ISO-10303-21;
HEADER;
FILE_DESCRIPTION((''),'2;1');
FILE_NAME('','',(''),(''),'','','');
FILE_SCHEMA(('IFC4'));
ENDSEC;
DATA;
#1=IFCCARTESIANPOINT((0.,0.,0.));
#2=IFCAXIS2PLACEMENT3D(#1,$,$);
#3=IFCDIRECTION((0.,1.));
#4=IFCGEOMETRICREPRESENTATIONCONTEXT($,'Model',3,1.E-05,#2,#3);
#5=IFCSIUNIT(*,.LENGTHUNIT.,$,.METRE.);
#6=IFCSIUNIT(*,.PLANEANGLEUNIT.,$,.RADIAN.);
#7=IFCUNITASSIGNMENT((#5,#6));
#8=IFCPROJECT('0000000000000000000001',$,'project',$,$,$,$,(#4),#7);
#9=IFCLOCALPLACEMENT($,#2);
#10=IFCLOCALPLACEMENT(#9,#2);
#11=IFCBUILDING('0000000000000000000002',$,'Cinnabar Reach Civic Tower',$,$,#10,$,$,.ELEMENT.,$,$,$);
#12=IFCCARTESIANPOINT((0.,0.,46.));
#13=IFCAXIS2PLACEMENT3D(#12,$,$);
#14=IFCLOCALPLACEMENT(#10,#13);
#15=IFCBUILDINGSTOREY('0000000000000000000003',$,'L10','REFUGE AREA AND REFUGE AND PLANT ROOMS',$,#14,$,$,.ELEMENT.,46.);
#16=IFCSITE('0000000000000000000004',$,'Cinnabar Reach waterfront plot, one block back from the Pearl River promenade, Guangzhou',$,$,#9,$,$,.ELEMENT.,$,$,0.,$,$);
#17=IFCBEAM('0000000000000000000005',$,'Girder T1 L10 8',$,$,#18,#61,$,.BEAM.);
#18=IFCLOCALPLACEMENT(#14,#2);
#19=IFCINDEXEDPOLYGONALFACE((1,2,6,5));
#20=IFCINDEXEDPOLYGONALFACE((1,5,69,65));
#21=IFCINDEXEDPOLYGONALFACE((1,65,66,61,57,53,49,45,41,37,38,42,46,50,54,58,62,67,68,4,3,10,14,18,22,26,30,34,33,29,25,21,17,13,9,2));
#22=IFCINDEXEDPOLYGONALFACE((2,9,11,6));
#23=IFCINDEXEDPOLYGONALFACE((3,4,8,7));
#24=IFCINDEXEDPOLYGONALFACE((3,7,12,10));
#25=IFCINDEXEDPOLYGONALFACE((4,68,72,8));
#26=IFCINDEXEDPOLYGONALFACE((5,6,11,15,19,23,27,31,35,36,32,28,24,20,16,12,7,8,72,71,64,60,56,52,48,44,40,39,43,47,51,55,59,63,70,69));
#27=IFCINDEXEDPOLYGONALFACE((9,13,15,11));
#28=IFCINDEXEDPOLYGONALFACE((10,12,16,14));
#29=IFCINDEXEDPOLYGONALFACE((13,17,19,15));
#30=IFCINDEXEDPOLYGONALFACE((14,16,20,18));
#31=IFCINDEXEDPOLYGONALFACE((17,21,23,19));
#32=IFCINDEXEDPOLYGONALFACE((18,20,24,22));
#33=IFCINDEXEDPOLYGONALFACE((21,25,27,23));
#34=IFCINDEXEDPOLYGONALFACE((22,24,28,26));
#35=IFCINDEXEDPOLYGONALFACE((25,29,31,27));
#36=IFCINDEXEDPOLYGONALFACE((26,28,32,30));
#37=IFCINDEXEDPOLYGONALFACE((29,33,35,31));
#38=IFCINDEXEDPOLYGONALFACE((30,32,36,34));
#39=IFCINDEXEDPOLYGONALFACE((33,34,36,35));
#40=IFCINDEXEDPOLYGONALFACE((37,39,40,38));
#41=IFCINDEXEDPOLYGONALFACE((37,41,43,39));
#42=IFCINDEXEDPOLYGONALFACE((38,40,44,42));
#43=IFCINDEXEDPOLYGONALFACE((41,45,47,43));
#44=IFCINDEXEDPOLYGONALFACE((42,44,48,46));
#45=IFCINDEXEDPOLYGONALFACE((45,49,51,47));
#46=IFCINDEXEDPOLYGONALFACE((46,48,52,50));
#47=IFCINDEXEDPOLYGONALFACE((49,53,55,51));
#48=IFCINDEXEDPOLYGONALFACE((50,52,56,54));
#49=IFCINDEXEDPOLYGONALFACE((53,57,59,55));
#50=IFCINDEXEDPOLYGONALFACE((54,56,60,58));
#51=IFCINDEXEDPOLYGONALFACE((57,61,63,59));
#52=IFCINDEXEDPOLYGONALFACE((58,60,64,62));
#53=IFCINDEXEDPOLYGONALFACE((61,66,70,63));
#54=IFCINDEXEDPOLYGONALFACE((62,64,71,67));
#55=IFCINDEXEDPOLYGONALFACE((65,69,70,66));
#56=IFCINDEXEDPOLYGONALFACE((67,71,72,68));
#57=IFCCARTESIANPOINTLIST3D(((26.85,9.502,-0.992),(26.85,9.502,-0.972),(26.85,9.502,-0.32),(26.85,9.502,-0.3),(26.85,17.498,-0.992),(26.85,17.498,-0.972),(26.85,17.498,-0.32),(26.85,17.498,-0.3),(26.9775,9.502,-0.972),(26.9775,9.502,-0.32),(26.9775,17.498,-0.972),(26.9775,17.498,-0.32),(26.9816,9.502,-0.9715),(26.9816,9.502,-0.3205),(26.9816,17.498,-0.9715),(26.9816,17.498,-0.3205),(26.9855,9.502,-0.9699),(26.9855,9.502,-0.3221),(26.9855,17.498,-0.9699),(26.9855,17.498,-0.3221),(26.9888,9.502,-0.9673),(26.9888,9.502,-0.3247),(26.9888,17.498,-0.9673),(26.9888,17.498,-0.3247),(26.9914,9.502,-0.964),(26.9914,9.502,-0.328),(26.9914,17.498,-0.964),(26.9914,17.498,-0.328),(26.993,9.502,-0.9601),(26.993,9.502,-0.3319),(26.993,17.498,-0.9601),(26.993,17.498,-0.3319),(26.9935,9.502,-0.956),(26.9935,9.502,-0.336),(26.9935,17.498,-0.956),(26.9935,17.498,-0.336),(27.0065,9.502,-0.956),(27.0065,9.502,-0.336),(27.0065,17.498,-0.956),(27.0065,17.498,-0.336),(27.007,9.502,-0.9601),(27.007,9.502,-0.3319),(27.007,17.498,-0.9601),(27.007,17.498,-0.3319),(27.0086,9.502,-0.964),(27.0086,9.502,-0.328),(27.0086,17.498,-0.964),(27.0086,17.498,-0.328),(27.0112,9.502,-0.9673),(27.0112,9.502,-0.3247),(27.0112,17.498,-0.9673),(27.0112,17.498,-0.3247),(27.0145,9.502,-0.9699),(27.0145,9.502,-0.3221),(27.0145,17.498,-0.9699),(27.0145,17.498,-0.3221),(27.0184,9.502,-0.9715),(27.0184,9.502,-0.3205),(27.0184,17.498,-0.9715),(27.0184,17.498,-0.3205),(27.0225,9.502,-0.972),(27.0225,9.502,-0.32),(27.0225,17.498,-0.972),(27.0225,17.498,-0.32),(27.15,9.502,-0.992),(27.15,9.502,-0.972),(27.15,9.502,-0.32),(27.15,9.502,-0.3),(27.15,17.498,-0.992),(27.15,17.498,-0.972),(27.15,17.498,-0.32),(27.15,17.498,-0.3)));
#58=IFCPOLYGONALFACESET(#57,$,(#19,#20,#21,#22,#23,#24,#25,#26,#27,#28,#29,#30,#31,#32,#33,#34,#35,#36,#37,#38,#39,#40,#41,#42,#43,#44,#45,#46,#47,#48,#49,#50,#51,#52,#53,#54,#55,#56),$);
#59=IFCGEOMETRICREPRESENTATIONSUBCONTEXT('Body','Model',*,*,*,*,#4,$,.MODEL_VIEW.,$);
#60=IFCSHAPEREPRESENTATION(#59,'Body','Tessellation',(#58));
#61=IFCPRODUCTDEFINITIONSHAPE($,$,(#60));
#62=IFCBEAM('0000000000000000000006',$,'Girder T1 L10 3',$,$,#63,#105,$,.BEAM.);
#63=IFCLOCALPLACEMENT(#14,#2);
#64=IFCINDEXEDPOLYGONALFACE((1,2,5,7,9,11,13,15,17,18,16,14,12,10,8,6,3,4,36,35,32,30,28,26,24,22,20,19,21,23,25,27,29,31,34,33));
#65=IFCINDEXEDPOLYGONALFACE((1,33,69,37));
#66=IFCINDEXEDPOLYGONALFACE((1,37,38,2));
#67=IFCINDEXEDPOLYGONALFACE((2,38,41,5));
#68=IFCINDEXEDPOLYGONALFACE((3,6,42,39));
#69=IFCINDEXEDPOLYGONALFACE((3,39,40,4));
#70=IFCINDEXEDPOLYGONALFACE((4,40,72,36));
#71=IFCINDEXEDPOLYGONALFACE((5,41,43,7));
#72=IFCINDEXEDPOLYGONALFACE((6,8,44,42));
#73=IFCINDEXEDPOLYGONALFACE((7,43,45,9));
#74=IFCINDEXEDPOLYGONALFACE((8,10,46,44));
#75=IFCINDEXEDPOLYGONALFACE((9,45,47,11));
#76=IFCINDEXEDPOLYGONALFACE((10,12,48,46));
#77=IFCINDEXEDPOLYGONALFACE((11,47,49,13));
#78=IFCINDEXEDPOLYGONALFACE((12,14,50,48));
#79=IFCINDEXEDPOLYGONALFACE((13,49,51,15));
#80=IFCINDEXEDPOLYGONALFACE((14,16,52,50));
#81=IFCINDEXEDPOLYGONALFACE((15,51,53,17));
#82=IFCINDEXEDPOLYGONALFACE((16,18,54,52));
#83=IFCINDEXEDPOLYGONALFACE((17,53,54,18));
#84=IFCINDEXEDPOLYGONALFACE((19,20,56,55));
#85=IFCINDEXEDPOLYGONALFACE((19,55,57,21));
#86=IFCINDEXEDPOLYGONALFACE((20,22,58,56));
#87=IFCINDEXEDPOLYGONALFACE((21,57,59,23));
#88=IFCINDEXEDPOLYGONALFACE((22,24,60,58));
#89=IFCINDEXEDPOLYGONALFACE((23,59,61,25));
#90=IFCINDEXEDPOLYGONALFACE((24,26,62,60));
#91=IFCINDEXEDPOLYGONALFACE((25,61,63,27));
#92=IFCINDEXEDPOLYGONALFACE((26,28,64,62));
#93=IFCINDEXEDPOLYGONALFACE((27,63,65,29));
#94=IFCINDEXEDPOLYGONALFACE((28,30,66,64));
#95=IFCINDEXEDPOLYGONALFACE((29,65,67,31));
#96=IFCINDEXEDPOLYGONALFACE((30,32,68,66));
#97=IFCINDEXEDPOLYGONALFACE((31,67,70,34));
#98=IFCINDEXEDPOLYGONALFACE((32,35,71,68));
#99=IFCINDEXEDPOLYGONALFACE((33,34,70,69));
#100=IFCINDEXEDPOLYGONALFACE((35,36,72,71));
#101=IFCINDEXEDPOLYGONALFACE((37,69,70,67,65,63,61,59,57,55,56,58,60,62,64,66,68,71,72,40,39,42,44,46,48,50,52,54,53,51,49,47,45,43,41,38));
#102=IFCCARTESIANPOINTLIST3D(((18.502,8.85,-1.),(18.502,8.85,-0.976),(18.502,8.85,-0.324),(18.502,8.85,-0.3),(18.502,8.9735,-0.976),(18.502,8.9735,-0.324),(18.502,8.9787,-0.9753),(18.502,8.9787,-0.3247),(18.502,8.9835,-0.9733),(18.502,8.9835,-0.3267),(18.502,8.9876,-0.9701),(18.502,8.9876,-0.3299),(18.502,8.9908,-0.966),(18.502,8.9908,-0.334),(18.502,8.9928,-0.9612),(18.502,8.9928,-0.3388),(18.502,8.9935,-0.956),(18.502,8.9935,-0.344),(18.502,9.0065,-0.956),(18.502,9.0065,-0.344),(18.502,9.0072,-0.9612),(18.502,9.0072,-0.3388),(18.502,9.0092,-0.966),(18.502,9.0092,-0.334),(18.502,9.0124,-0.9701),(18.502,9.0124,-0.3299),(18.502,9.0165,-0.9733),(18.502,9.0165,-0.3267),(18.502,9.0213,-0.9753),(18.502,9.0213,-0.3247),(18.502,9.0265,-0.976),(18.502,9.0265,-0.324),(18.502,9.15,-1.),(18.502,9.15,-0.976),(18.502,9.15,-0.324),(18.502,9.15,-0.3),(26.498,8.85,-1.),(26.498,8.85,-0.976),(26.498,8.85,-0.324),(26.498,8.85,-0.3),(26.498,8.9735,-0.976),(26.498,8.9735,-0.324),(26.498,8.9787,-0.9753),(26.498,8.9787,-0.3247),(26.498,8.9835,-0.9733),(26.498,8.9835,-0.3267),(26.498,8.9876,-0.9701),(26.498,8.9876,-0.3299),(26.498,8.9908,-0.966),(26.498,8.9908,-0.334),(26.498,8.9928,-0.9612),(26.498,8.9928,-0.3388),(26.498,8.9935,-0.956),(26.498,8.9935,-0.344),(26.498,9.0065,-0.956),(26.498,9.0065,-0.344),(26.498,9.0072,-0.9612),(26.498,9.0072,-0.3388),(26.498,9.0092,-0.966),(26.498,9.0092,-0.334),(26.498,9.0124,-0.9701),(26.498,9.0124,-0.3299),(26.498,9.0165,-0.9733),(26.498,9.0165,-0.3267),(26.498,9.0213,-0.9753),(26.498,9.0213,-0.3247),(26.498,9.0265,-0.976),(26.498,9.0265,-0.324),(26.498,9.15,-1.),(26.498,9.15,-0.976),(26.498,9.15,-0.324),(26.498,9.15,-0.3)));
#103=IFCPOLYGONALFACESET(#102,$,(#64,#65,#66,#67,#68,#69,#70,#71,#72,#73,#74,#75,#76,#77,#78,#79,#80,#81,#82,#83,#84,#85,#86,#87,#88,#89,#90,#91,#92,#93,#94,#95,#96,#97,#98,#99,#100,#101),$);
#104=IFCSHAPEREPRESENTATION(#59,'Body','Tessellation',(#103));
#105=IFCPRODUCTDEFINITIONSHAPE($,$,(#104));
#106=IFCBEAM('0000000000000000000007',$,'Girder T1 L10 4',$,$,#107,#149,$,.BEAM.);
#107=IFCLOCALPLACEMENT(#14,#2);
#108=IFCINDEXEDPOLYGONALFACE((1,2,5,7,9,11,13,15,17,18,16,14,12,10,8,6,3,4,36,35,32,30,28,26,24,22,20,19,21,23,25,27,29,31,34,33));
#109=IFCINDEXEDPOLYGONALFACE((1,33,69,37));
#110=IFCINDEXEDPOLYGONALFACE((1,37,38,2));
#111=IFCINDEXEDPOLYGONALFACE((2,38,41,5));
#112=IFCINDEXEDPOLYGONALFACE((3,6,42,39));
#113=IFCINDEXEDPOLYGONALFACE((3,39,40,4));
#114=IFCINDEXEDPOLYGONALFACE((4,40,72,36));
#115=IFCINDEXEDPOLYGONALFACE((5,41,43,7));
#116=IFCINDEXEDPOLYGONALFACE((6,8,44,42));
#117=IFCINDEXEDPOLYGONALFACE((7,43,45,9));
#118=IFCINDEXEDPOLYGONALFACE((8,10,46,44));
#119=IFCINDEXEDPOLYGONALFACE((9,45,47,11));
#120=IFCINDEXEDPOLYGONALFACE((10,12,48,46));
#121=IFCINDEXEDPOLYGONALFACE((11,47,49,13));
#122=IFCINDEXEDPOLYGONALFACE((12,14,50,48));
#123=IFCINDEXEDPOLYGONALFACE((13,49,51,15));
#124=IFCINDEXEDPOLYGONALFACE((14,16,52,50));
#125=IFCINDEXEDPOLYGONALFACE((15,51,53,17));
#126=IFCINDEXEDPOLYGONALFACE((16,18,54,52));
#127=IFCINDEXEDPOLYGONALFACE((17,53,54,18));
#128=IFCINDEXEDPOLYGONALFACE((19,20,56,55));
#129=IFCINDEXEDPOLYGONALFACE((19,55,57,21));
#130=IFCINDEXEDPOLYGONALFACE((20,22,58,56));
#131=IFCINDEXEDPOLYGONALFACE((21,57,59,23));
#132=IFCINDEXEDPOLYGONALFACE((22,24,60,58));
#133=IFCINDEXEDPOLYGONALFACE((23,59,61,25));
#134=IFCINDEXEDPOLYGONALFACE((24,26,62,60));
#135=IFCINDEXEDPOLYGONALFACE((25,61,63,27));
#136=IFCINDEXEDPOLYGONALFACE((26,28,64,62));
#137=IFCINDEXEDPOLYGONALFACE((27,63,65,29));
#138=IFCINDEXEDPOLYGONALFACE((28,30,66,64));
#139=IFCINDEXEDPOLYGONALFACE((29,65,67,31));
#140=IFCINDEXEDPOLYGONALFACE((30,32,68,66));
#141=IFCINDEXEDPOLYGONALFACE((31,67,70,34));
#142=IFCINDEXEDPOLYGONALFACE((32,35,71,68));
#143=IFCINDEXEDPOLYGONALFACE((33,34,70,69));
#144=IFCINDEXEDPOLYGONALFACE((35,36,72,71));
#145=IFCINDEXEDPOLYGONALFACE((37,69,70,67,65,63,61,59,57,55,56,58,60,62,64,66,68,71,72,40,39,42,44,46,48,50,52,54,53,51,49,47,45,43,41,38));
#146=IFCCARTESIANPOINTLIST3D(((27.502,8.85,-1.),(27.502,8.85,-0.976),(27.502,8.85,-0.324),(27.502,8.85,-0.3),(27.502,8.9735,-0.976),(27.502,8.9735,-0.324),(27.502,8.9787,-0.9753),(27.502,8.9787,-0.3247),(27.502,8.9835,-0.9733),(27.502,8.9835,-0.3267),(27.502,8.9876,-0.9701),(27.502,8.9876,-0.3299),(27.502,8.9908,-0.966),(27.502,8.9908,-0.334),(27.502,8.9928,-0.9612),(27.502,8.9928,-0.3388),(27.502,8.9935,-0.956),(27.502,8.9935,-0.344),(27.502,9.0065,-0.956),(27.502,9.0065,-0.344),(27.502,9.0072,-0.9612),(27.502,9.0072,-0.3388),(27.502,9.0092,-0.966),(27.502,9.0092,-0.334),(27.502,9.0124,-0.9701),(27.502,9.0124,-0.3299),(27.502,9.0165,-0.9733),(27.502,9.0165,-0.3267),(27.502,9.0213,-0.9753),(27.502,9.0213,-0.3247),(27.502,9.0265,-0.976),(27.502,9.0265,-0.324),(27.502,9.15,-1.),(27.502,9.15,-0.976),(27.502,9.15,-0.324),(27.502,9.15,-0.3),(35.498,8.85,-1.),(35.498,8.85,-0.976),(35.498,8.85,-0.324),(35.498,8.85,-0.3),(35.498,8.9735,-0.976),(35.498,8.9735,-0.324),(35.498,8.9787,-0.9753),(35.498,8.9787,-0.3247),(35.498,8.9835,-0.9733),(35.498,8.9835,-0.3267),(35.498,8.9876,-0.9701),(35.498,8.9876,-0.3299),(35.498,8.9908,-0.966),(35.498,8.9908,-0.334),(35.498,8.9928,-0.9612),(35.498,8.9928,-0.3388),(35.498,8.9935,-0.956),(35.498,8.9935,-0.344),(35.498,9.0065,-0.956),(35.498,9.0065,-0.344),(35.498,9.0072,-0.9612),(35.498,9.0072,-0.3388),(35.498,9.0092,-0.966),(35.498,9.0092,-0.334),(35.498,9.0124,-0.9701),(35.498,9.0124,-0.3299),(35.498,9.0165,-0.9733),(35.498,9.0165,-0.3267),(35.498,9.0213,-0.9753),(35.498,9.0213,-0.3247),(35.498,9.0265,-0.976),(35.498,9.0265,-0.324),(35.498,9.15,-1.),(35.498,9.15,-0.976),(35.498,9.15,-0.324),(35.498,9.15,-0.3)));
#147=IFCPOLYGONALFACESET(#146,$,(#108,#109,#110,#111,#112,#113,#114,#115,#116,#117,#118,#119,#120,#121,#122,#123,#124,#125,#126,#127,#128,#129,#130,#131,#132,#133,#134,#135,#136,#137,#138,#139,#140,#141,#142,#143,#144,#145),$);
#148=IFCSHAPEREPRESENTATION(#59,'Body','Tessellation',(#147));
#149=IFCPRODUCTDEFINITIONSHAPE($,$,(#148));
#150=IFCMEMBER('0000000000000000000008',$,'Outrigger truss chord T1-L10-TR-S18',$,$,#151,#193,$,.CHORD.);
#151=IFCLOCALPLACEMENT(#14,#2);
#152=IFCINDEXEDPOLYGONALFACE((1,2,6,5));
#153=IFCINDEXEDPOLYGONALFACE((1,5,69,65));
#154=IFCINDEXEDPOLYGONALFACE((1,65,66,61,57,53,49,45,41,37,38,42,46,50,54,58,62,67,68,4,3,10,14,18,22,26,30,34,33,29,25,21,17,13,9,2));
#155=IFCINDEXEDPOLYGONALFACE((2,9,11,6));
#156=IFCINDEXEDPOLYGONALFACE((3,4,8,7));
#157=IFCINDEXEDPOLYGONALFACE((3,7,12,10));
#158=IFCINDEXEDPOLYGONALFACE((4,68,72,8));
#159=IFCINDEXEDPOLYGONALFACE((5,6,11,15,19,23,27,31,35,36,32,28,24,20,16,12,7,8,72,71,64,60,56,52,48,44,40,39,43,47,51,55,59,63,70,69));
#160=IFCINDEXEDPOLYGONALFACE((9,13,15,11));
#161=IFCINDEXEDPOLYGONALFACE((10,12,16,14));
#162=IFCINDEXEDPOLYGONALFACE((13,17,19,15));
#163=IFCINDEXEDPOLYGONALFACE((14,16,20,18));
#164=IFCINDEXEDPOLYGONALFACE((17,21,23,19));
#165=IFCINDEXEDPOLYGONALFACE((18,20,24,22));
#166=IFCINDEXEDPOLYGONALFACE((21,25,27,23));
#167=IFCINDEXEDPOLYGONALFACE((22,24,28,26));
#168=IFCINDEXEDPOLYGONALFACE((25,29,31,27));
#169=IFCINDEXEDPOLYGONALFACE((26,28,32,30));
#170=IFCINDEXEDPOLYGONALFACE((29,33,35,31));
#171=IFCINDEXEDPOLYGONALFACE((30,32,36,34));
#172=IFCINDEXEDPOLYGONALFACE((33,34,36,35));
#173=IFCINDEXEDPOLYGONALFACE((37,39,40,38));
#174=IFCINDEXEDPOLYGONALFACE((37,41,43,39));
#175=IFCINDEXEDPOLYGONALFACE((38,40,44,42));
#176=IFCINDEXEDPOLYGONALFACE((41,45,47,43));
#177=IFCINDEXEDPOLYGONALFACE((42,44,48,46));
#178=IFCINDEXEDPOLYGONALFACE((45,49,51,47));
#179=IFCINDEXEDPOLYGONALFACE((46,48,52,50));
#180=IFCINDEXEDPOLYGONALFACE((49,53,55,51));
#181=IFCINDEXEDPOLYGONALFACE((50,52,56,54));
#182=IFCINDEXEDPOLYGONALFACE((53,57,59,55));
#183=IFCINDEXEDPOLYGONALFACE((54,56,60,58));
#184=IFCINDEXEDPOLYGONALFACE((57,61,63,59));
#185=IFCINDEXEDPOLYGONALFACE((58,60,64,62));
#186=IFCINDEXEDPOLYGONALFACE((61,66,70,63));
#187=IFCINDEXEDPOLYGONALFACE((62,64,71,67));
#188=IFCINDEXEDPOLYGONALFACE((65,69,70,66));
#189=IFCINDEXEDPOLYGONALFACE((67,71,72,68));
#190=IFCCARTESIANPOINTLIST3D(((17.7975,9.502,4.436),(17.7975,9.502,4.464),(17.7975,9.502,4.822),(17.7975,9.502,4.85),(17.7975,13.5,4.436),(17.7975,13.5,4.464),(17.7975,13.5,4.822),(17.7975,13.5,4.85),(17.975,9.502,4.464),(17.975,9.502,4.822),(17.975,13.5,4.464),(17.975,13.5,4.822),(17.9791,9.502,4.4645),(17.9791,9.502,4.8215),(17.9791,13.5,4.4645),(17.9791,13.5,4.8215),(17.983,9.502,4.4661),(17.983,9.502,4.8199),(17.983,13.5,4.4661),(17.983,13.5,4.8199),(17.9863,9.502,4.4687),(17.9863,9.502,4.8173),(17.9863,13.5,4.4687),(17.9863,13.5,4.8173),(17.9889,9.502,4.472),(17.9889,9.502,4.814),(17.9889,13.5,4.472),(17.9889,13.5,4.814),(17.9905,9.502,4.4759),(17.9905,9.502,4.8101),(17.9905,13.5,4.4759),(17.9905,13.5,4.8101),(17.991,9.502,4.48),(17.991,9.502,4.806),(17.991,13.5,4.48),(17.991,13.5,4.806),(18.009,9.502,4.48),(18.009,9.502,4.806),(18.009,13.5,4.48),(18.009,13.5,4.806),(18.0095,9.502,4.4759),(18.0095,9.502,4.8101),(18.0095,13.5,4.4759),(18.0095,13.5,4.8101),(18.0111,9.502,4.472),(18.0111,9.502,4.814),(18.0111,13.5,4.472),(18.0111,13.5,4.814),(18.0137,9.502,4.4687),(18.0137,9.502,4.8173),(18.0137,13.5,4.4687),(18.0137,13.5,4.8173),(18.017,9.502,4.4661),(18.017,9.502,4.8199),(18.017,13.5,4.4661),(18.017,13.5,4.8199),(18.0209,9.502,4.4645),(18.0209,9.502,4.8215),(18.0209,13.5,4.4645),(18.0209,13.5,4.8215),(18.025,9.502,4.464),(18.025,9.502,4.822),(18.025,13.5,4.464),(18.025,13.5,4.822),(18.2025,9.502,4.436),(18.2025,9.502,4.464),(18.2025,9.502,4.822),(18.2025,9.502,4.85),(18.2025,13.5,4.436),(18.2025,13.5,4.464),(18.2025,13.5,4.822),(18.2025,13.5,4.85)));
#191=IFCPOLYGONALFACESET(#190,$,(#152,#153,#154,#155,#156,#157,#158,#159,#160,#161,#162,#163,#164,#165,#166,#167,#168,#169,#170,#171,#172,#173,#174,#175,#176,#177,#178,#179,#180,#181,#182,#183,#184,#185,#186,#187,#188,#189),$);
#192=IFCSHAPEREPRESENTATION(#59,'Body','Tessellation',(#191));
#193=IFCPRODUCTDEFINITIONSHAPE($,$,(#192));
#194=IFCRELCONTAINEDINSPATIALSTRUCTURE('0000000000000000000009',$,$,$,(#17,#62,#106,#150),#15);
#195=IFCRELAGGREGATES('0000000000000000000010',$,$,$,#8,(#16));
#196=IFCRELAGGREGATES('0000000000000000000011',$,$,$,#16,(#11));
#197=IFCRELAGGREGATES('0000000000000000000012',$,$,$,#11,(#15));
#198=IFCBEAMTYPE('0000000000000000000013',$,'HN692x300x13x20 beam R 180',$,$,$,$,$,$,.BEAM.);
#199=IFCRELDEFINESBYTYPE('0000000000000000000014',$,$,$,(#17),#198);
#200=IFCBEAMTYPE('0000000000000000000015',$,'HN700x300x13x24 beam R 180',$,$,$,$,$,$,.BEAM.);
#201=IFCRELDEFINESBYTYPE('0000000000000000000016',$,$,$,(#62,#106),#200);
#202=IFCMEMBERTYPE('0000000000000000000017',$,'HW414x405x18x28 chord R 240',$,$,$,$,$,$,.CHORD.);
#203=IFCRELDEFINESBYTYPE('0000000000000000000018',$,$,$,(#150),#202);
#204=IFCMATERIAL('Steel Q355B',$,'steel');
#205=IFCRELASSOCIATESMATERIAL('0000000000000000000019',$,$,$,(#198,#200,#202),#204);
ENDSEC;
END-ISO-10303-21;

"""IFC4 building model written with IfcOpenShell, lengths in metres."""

from ifc_helpers import new_model, si_unit, direction, frame, origin, origin_2d, place, context, subcontext, project, spatial, i_section, extrude, material, material_profile, profile_set, type_object, element, save


model = new_model("IFC4")

# Units and contexts
model_context = context("Model", 3, precision=1e-05, world=origin(), true_north=direction((0.0, 1.0)))
body_context = subcontext(model_context, "Body", "Model", "MODEL_VIEW")
ifc_project = project(units=[si_unit("LENGTHUNIT", "METRE"), si_unit("PLANEANGLEUNIT", "RADIAN")], contexts=[model_context])

# Site, building, storey
site_placement = place(None, origin())
site = spatial("IfcSite", under=ifc_project, at=site_placement, Name="Cinnabar Reach waterfront plot, one block back from the Pearl River promenade, Guangzhou", CompositionType="ELEMENT", RefElevation=0.0)
building_placement = place(site_placement, origin())
building = spatial("IfcBuilding", under=site, at=building_placement, Name="Cinnabar Reach Civic Tower", CompositionType="ELEMENT")
storey_placement = place(building_placement, frame((0.0, 0.0, 46.0)))
storey = spatial("IfcBuildingStorey", under=building, at=storey_placement, Name="L10", Description="REFUGE AREA AND REFUGE AND PLANT ROOMS", CompositionType="ELEMENT", Elevation=46.0)

# Shared definitions
ifc_material_1 = material(Name="Steel Q355B", Category="steel")

# Beams
ifc_material_profile_1 = material_profile(ifc_material_1, i_section(OverallWidth=0.3, OverallDepth=0.692, WebThickness=0.013, FlangeThickness=0.02, FilletRadius=0.016, at=origin_2d()), Name="HN692x300x13x20")
ifc_profile_set_1 = profile_set([ifc_material_profile_1], Name="Steel Q355B")
beam_type_1 = type_object("IfcBeamType", Name="HN692x300x13x20 beam R 180", PredefinedType="BEAM", material=ifc_profile_set_1)
beam_1_placement = place(storey_placement, frame((27.0, 9.502, -0.646), z_axis=(0.0, 1.0, 0.0), x_axis=(-1.0, 0.0, 0.0)))
element("IfcBeam", 1, at=beam_1_placement, inside=storey, type_object=beam_type_1, Name="Girder T1 L10 8", PredefinedType="BEAM", context=body_context, shape_type="SweptSolid", body=[
    extrude(i_section(OverallWidth=0.3, OverallDepth=0.692, WebThickness=0.013, FlangeThickness=0.02, FilletRadius=0.016, at=origin_2d()), origin(), (0.0, 0.0, 1.0), 7.996),
])
ifc_material_profile_2 = material_profile(ifc_material_1, i_section(OverallWidth=0.3, OverallDepth=0.7, WebThickness=0.013, FlangeThickness=0.024, FilletRadius=0.02, at=origin_2d()), Name="HN700x300x13x24")
ifc_profile_set_2 = profile_set([ifc_material_profile_2], Name="Steel Q355B")
beam_type_2 = type_object("IfcBeamType", Name="HN700x300x13x24 beam R 180", PredefinedType="BEAM", material=ifc_profile_set_2)
for number, where, z_axis, x_axis, name in (
    (2, (18.502, 9.0, -0.65), (1.0, 0.0, 0.0), (0.0, 1.0, 0.0), "Girder T1 L10 3"),
    (3, (27.502, 9.0, -0.65), (1.0, 0.0, 0.0), (0.0, 1.0, 0.0), "Girder T1 L10 4"),
):
    element("IfcBeam", number, at=place(storey_placement, frame(where, z_axis=z_axis, x_axis=x_axis)), inside=storey, type_object=beam_type_2, Name=name, PredefinedType="BEAM", context=body_context, shape_type="SweptSolid", body=[
        extrude(i_section(OverallWidth=0.3, OverallDepth=0.7, WebThickness=0.013, FlangeThickness=0.024, FilletRadius=0.02, at=origin_2d()), origin(), (0.0, 0.0, 1.0), 7.996),
    ])

# Member
ifc_material_profile_3 = material_profile(ifc_material_1, i_section(OverallWidth=0.405, OverallDepth=0.414, WebThickness=0.018, FlangeThickness=0.028, FilletRadius=0.016, at=origin_2d()), Name="HW414x405x18x28")
ifc_profile_set_3 = profile_set([ifc_material_profile_3], Name="Steel Q355B")
member_type_1 = type_object("IfcMemberType", Name="HW414x405x18x28 chord R 240", PredefinedType="CHORD", material=ifc_profile_set_3)
member_1_placement = place(storey_placement, frame((18.0, 13.5, 4.643), z_axis=(0.0, -1.0, 0.0), x_axis=(1.0, 0.0, 0.0)))
element("IfcMember", 4, at=member_1_placement, inside=storey, type_object=member_type_1, Name="Outrigger truss chord T1-L10-TR-S18", PredefinedType="CHORD", context=body_context, shape_type="SweptSolid", body=[
    extrude(i_section(OverallWidth=0.405, OverallDepth=0.414, WebThickness=0.018, FlangeThickness=0.028, FilletRadius=0.016, at=origin_2d()), origin(), (0.0, 0.0, 1.0), 3.998),
])

save(model, "model.ifc")
